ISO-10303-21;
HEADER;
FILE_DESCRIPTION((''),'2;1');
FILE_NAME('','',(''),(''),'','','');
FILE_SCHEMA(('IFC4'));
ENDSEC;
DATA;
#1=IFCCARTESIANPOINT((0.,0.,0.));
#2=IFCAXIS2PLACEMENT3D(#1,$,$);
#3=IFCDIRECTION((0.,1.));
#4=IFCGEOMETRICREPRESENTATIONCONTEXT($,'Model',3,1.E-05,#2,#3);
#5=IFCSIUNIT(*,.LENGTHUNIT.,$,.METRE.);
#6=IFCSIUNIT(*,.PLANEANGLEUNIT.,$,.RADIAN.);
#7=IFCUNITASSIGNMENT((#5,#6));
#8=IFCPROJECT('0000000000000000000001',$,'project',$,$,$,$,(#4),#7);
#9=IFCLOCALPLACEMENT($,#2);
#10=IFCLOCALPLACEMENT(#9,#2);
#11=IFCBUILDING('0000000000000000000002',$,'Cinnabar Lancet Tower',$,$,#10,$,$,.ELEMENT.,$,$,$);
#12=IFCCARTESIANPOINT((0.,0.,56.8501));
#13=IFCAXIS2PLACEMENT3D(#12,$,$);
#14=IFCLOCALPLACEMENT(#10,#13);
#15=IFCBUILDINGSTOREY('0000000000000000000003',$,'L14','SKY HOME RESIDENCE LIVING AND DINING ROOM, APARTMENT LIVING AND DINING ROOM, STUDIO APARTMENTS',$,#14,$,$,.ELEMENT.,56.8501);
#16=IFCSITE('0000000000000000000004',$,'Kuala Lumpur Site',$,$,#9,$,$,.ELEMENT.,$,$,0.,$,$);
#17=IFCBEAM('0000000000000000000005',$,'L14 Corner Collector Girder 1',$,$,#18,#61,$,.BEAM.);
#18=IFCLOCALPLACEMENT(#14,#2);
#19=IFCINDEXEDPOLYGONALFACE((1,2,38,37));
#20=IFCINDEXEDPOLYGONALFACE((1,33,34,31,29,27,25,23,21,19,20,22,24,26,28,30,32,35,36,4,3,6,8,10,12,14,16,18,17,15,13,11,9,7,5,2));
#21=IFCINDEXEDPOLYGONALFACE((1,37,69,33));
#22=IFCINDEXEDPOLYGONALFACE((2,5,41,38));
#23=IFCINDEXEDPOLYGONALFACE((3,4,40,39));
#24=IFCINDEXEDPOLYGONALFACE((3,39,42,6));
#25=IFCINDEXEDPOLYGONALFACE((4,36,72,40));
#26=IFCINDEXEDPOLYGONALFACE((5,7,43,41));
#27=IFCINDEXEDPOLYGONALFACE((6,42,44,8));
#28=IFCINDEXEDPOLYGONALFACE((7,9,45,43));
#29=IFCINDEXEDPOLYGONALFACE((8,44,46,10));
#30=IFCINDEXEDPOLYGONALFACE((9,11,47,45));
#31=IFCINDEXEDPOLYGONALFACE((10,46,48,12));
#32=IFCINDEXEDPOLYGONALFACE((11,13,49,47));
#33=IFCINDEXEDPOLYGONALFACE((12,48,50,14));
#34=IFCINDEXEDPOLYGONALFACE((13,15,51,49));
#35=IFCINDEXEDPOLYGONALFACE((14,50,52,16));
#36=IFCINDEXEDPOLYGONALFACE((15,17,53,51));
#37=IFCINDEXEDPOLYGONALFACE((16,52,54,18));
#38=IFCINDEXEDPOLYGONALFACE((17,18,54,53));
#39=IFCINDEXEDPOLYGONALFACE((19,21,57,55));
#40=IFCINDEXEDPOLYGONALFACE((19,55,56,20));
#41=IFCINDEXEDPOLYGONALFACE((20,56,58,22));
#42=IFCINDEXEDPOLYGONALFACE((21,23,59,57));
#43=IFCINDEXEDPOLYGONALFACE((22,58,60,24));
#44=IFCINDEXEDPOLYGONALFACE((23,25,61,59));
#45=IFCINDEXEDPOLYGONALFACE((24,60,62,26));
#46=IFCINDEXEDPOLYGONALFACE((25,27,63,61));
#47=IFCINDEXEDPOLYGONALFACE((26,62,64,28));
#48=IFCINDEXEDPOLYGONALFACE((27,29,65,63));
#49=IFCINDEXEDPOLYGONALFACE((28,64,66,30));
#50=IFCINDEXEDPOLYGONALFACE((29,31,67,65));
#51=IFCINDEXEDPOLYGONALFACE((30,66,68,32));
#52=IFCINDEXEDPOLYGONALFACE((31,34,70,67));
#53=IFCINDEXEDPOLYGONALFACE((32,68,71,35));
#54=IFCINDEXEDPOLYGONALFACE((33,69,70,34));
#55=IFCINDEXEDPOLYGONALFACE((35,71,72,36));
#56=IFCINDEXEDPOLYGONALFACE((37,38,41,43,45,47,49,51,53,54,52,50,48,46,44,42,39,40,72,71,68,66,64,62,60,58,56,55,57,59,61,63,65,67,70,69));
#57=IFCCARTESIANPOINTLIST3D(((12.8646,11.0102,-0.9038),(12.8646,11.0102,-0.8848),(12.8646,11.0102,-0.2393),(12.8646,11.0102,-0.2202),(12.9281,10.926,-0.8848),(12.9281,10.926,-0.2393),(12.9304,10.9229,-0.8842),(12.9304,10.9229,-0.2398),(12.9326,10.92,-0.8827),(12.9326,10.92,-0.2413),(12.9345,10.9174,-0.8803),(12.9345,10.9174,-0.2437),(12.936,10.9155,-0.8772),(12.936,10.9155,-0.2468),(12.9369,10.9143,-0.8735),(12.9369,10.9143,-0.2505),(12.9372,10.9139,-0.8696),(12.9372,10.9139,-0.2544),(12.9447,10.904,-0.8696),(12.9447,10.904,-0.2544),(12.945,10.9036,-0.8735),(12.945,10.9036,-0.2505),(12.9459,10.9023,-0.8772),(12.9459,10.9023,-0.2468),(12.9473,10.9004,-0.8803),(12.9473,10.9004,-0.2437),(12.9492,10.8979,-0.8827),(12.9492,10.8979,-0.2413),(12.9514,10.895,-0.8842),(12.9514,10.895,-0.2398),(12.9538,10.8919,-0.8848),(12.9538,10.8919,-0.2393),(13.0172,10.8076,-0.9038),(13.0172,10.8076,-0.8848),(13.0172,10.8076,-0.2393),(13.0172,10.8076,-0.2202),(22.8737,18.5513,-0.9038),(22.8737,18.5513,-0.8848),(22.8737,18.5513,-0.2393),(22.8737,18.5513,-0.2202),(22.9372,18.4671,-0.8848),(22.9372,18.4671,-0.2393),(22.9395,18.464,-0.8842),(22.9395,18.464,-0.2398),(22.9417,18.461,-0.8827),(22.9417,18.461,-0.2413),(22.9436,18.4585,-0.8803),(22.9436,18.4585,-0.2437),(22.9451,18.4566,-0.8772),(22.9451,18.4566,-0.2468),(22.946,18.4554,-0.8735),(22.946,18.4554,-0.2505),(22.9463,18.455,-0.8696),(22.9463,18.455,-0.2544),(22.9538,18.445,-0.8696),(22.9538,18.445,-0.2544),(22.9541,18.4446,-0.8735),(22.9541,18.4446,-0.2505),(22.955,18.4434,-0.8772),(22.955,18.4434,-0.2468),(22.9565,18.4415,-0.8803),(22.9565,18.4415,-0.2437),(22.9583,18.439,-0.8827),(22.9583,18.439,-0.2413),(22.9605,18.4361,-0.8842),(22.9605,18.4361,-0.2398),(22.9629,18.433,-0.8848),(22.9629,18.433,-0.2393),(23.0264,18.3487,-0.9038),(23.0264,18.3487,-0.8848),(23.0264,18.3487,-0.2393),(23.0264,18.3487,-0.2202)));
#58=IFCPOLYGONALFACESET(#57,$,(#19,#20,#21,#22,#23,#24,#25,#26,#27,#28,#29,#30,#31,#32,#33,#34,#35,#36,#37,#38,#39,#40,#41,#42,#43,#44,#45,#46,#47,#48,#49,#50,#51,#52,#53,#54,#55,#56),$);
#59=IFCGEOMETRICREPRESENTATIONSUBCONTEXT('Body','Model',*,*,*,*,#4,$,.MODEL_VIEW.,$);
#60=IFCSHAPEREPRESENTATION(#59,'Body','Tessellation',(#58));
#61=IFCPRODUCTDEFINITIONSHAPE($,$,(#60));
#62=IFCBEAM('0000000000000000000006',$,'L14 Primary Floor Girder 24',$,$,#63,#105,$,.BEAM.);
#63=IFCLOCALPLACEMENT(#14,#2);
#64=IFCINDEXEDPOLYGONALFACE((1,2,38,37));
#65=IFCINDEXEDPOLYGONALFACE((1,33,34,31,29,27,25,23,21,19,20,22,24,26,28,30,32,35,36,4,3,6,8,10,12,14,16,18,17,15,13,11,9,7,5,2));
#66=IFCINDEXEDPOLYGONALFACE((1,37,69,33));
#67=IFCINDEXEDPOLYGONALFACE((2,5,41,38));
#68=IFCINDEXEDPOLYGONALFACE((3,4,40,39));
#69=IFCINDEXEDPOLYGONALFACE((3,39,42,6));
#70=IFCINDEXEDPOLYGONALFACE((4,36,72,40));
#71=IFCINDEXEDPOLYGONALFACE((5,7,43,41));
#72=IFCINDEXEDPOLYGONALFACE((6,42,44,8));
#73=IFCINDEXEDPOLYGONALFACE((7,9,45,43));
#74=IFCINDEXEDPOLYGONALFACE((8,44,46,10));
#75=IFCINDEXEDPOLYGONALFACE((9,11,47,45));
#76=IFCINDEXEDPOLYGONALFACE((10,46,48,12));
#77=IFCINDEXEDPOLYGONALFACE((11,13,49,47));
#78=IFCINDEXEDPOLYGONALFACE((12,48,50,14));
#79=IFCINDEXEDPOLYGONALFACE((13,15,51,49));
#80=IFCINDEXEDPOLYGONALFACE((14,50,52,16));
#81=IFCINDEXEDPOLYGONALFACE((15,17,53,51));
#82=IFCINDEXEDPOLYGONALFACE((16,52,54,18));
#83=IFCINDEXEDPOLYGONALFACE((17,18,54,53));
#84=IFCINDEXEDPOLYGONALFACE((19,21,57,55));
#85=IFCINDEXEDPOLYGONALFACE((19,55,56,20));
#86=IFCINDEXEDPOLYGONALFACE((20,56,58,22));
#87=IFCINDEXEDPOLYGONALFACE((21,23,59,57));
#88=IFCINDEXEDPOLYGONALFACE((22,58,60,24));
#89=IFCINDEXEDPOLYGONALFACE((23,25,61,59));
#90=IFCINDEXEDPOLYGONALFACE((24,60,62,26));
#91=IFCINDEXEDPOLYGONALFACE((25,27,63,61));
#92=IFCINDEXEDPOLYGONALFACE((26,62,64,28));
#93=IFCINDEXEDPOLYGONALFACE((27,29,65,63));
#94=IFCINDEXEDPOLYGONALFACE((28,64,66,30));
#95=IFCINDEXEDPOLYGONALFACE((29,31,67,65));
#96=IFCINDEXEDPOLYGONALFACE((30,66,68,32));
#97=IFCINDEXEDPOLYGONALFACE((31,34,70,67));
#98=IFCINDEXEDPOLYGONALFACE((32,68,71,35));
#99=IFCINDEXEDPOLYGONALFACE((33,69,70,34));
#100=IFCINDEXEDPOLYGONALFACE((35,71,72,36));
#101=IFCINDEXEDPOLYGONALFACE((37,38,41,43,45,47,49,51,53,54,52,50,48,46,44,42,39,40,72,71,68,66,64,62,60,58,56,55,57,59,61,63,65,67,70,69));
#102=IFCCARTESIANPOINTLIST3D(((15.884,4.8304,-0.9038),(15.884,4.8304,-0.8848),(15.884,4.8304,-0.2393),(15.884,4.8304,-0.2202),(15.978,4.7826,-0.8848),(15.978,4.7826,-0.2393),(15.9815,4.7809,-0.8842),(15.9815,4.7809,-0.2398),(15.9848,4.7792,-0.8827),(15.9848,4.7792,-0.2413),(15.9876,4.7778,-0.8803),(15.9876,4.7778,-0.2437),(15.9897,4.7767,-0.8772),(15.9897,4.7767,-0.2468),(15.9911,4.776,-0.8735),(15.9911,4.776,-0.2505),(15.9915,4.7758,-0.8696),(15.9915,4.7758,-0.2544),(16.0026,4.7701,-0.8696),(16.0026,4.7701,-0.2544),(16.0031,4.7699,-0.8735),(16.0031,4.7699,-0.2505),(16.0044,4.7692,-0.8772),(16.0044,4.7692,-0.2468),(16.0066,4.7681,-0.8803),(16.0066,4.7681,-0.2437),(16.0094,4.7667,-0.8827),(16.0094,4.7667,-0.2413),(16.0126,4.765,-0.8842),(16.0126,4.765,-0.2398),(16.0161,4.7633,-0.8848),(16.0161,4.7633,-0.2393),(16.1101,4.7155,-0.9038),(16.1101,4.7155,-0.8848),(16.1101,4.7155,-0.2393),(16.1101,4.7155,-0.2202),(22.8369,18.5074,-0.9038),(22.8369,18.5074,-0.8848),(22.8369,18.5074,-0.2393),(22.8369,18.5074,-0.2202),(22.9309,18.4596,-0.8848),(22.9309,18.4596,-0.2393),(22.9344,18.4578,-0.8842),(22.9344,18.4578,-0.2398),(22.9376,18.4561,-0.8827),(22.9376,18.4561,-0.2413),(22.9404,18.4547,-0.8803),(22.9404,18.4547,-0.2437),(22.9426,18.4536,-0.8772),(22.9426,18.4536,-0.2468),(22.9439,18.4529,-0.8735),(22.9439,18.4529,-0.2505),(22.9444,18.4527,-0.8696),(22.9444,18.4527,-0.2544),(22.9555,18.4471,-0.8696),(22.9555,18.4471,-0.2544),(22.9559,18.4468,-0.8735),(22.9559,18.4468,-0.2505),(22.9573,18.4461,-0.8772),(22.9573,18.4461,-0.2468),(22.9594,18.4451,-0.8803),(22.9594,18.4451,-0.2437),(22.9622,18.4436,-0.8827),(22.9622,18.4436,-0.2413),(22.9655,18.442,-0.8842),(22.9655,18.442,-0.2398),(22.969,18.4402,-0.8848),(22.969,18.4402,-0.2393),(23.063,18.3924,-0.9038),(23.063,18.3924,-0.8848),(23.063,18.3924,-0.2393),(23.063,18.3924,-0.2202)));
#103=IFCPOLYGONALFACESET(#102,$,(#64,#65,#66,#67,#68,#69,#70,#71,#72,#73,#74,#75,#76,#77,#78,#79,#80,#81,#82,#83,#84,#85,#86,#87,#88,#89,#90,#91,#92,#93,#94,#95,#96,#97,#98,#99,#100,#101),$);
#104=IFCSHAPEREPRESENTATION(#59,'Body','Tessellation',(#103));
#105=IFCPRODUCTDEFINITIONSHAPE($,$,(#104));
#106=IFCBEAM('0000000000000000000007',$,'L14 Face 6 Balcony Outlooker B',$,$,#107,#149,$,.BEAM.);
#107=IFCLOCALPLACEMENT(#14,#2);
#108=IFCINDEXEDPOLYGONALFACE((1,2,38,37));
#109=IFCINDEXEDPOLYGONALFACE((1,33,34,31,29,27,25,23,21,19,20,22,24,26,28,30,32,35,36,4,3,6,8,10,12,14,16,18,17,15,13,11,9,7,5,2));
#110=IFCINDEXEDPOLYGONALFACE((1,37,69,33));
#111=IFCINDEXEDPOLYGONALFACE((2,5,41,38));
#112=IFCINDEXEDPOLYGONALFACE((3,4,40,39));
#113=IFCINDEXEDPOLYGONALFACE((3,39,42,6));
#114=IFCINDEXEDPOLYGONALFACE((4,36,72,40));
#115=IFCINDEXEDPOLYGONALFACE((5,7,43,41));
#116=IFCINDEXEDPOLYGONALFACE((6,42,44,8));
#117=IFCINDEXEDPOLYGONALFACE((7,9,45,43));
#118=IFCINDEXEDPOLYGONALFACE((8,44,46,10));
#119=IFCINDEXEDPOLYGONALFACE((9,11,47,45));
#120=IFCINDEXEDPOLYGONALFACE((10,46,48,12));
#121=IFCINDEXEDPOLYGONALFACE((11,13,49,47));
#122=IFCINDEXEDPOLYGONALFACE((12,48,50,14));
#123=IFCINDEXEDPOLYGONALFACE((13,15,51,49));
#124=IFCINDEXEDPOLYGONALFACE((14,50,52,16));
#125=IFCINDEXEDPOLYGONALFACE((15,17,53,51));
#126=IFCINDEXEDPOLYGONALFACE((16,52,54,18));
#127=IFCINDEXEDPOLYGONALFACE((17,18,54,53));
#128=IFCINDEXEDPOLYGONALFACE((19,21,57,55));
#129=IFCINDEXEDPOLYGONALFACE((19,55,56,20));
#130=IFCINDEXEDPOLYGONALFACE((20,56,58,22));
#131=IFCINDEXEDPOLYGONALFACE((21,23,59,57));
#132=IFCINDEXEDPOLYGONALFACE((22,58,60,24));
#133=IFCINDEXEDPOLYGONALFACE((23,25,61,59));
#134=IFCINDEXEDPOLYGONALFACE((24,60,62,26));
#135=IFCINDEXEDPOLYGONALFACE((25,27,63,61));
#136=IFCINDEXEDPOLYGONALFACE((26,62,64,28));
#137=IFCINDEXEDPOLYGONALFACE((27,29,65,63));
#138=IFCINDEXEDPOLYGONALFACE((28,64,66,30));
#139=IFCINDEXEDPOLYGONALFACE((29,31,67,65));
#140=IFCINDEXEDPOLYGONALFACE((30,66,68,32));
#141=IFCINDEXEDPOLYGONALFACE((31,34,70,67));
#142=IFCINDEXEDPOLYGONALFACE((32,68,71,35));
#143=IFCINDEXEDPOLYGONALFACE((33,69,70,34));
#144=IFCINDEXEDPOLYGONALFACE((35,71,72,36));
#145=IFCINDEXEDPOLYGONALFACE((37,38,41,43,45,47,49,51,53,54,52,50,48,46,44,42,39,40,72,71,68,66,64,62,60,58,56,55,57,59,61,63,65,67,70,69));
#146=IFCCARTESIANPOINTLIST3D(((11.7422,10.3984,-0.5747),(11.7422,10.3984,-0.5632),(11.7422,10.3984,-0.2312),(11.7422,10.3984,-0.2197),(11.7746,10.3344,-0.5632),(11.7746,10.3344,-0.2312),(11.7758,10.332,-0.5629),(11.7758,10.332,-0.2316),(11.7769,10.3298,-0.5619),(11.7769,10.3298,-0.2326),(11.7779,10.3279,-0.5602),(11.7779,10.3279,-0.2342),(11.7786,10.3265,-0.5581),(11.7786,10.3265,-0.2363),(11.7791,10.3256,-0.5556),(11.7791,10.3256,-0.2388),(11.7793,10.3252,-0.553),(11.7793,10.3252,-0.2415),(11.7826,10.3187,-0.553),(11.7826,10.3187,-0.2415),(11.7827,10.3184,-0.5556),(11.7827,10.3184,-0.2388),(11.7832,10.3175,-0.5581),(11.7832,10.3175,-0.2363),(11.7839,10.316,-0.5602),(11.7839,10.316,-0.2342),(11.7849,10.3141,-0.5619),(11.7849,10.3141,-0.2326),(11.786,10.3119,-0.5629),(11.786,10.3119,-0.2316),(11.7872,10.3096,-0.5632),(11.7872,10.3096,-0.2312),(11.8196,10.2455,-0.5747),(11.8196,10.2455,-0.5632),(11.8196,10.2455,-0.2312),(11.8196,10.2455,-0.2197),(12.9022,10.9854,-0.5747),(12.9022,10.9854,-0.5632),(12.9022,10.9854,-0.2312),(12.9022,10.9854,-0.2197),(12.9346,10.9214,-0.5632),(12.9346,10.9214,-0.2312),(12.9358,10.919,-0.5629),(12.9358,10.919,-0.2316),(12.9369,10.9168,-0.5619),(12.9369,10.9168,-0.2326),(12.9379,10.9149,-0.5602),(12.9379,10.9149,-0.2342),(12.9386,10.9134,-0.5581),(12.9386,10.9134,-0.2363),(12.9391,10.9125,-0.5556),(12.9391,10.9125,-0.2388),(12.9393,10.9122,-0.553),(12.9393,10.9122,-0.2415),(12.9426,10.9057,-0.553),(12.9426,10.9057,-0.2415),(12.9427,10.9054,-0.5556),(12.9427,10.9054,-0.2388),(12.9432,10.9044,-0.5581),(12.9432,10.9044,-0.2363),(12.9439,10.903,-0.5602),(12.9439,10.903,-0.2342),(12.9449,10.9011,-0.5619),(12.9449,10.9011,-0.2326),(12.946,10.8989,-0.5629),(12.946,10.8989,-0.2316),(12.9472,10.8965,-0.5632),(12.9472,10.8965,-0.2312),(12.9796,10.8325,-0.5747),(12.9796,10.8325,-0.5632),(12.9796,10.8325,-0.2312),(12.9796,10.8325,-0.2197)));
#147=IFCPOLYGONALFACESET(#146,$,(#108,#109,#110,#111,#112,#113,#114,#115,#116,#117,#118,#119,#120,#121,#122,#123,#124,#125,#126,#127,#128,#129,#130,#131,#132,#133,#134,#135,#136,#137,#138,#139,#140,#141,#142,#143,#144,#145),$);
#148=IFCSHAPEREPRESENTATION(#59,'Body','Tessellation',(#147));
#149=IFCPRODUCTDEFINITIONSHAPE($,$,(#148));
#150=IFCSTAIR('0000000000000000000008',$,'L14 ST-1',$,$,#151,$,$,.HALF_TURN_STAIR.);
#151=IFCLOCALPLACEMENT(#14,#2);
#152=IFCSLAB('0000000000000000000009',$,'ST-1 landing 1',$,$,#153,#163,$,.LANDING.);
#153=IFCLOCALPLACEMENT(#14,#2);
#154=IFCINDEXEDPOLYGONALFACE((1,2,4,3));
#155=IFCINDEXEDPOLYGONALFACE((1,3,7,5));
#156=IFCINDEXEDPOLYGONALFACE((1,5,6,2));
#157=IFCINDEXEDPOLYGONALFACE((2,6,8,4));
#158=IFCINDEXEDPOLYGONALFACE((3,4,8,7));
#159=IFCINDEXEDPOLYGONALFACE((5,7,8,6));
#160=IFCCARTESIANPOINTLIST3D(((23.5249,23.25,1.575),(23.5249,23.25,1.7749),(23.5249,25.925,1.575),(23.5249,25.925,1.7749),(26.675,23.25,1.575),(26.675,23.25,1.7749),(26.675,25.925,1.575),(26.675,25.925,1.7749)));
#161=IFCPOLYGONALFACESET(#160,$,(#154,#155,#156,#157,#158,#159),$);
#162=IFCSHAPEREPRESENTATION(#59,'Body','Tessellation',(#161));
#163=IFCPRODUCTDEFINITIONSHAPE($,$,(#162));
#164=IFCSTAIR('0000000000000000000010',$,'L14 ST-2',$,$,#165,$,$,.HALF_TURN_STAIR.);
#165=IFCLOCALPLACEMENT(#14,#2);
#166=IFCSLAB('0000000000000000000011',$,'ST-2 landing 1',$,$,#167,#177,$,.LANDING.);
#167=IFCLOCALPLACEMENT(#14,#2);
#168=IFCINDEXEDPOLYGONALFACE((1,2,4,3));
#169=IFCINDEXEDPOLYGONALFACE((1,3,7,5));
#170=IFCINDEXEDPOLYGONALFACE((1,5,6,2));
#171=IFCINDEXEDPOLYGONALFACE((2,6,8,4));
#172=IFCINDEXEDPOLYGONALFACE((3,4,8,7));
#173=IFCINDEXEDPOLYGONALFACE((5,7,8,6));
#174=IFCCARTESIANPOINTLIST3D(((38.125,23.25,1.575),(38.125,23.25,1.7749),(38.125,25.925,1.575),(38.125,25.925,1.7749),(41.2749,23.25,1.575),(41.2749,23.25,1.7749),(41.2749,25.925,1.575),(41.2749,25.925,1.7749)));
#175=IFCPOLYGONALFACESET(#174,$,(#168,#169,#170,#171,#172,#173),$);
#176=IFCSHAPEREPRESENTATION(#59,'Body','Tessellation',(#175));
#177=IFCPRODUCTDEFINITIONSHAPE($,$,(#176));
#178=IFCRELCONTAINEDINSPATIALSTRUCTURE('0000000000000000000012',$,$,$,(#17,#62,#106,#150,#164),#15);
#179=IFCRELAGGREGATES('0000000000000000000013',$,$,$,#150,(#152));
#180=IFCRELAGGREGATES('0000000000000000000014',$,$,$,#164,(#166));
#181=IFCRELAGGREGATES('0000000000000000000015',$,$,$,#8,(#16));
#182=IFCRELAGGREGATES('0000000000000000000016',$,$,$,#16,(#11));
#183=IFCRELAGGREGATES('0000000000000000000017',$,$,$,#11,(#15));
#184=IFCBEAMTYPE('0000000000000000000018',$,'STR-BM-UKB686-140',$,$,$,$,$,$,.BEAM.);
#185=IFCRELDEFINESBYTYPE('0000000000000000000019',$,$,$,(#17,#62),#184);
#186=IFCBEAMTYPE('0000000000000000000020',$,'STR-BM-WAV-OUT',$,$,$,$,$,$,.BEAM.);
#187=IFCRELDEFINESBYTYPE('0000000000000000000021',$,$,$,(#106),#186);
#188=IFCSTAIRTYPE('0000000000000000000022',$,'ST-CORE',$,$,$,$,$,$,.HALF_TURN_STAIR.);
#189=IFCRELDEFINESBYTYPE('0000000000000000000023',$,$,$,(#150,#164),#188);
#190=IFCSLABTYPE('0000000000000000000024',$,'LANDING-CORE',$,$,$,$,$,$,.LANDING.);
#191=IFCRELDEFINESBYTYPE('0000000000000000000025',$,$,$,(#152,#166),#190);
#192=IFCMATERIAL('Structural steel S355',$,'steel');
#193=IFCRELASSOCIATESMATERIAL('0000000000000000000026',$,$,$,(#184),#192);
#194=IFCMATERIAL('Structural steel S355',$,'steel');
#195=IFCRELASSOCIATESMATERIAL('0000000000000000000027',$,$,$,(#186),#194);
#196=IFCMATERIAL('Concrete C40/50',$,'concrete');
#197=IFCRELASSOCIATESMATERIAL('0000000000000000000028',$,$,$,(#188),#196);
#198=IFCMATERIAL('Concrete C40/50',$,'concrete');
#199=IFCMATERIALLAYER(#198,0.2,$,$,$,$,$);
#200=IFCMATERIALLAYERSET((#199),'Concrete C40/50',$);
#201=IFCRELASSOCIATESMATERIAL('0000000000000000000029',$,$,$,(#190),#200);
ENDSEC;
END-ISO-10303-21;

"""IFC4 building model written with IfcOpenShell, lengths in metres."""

from ifc_helpers import new_model, si_unit, direction, frame, origin, origin_2d, place, context, subcontext, project, spatial, polyline, i_section, outline, extrude, material, layer, layer_set, material_profile, profile_set, type_object, element, aggregate, save


model = new_model("IFC4")

# Units and contexts
model_context = context("Model", 3, precision=1e-05, world=origin(), true_north=direction((0.0, 1.0)))
body_context = subcontext(model_context, "Body", "Model", "MODEL_VIEW")
ifc_project = project(units=[si_unit("LENGTHUNIT", "METRE"), si_unit("PLANEANGLEUNIT", "RADIAN")], contexts=[model_context])

# Site, building, storey
site_placement = place(None, origin())
site = spatial("IfcSite", under=ifc_project, at=site_placement, Name="Kuala Lumpur Site", CompositionType="ELEMENT", RefElevation=0.0)
building_placement = place(site_placement, origin())
building = spatial("IfcBuilding", under=site, at=building_placement, Name="Cinnabar Lancet Tower", CompositionType="ELEMENT")
storey_placement = place(building_placement, frame((0.0, 0.0, 56.8501)))
storey = spatial("IfcBuildingStorey", under=building, at=storey_placement, Name="L14", Description="SKY HOME RESIDENCE LIVING AND DINING ROOM, APARTMENT LIVING AND DINING ROOM, STUDIO APARTMENTS", CompositionType="ELEMENT", Elevation=56.8501)

# Beams
ifc_material_1 = material(Name="Structural steel S355", Category="steel")
ifc_material_profile_1 = material_profile(ifc_material_1, i_section(OverallWidth=0.2537, OverallDepth=0.6836, WebThickness=0.0125, FlangeThickness=0.019, FilletRadius=0.0151, at=origin_2d()), Name="UKB 686x254x140")
ifc_profile_set_1 = profile_set([ifc_material_profile_1], Name="Structural steel S355")
beam_type_1 = type_object("IfcBeamType", Name="STR-BM-UKB686-140", PredefinedType="BEAM", material=ifc_profile_set_1)
beam_1_placement = place(storey_placement, frame((12.9409, 10.9089, -0.562), z_axis=(0.798687, 0.601747, 0.0), x_axis=(-0.601747, 0.798687, 0.0)))
element("IfcBeam", 1, at=beam_1_placement, inside=storey, type_object=beam_type_1, Name="L14 Corner Collector Girder 1", PredefinedType="BEAM", context=body_context, shape_type="SweptSolid", body=[
    extrude(i_section(OverallWidth=0.2537, OverallDepth=0.6836, WebThickness=0.0125, FlangeThickness=0.019, FilletRadius=0.0151, at=origin_2d()), origin(), (0.0, 0.0, 1.0), 12.532),
])
beam_2_placement = place(storey_placement, frame((15.9971, 4.7729, -0.562), z_axis=(0.453168, 0.891425, 0.0), x_axis=(-0.891425, 0.453168, 0.0)))
element("IfcBeam", 2, at=beam_2_placement, inside=storey, type_object=beam_type_1, Name="L14 Primary Floor Girder 24", PredefinedType="BEAM", context=body_context, shape_type="SweptSolid", body=[
    extrude(i_section(OverallWidth=0.2537, OverallDepth=0.6836, WebThickness=0.0125, FlangeThickness=0.019, FilletRadius=0.0151, at=origin_2d()), origin(), (0.0, 0.0, 1.0), 15.3428),
])
ifc_material_2 = material(Name="Structural steel S355", Category="steel")
ifc_material_profile_2 = material_profile(ifc_material_2, i_section(OverallWidth=0.1714, OverallDepth=0.355, WebThickness=0.0073, FlangeThickness=0.0115, FilletRadius=0.0103, at=origin_2d()), Name="UKB 356x171x51")
ifc_profile_set_2 = profile_set([ifc_material_profile_2], Name="Structural steel S355")
beam_type_2 = type_object("IfcBeamType", Name="STR-BM-WAV-OUT", PredefinedType="BEAM", material=ifc_profile_set_2)
beam_3_placement = place(storey_placement, frame((12.9409, 10.9089, -0.3972), z_axis=(-0.892276, -0.45149, 0.0), x_axis=(0.45149, -0.892276, 0.0)))
element("IfcBeam", 3, at=beam_3_placement, inside=storey, type_object=beam_type_2, Name="L14 Face 6 Balcony Outlooker B", PredefinedType="BEAM", context=body_context, shape_type="SweptSolid", body=[
    extrude(i_section(OverallWidth=0.1714, OverallDepth=0.355, WebThickness=0.0073, FlangeThickness=0.0115, FilletRadius=0.0103, at=origin_2d()), origin(), (0.0, 0.0, 1.0), 1.3),
])

# Stairs, slabs
ifc_material_3 = material(Name="Concrete C40/50", Category="concrete")
stair_type = type_object("IfcStairType", Name="ST-CORE", PredefinedType="HALF_TURN_STAIR", material=ifc_material_3)
stair_1_placement = place(storey_placement, origin())
stair_1 = element("IfcStair", 4, at=stair_1_placement, inside=storey, type_object=stair_type, Name="L14 ST-1", PredefinedType="HALF_TURN_STAIR")
ifc_material_4 = material(Name="Concrete C40/50", Category="concrete")
ifc_layer_1 = layer(ifc_material_4, 0.2)
ifc_layer_set_1 = layer_set([ifc_layer_1], Name="Concrete C40/50")
slab_type_1 = type_object("IfcSlabType", Name="LANDING-CORE", PredefinedType="LANDING", material=ifc_layer_set_1)
slab_1_placement = place(storey_placement, frame((0.0, 0.0, 1.575)))
slab_1 = element("IfcSlab", 5, at=slab_1_placement, type_object=slab_type_1, Name="ST-1 landing 1", PredefinedType="LANDING", context=body_context, shape_type="SweptSolid", body=[
    extrude(outline(polyline([(23.5249, 25.925), (23.5249, 23.25), (26.675, 23.25), (26.675, 25.925), (23.5249, 25.925)])), origin(), (0.0, 0.0, 1.0), 0.2),
])
aggregate(stair_1, [slab_1])
stair_2_placement = place(storey_placement, origin())
stair_2 = element("IfcStair", 6, at=stair_2_placement, inside=storey, type_object=stair_type, Name="L14 ST-2", PredefinedType="HALF_TURN_STAIR")
slab_2_placement = place(storey_placement, frame((0.0, 0.0, 1.575)))
slab_2 = element("IfcSlab", 7, at=slab_2_placement, type_object=slab_type_1, Name="ST-2 landing 1", PredefinedType="LANDING", context=body_context, shape_type="SweptSolid", body=[
    extrude(outline(polyline([(38.125, 25.925), (38.125, 23.25), (41.2749, 23.25), (41.2749, 25.925), (38.125, 25.925)])), origin(), (0.0, 0.0, 1.0), 0.2),
])
aggregate(stair_2, [slab_2])

save(model, "model.ifc")
